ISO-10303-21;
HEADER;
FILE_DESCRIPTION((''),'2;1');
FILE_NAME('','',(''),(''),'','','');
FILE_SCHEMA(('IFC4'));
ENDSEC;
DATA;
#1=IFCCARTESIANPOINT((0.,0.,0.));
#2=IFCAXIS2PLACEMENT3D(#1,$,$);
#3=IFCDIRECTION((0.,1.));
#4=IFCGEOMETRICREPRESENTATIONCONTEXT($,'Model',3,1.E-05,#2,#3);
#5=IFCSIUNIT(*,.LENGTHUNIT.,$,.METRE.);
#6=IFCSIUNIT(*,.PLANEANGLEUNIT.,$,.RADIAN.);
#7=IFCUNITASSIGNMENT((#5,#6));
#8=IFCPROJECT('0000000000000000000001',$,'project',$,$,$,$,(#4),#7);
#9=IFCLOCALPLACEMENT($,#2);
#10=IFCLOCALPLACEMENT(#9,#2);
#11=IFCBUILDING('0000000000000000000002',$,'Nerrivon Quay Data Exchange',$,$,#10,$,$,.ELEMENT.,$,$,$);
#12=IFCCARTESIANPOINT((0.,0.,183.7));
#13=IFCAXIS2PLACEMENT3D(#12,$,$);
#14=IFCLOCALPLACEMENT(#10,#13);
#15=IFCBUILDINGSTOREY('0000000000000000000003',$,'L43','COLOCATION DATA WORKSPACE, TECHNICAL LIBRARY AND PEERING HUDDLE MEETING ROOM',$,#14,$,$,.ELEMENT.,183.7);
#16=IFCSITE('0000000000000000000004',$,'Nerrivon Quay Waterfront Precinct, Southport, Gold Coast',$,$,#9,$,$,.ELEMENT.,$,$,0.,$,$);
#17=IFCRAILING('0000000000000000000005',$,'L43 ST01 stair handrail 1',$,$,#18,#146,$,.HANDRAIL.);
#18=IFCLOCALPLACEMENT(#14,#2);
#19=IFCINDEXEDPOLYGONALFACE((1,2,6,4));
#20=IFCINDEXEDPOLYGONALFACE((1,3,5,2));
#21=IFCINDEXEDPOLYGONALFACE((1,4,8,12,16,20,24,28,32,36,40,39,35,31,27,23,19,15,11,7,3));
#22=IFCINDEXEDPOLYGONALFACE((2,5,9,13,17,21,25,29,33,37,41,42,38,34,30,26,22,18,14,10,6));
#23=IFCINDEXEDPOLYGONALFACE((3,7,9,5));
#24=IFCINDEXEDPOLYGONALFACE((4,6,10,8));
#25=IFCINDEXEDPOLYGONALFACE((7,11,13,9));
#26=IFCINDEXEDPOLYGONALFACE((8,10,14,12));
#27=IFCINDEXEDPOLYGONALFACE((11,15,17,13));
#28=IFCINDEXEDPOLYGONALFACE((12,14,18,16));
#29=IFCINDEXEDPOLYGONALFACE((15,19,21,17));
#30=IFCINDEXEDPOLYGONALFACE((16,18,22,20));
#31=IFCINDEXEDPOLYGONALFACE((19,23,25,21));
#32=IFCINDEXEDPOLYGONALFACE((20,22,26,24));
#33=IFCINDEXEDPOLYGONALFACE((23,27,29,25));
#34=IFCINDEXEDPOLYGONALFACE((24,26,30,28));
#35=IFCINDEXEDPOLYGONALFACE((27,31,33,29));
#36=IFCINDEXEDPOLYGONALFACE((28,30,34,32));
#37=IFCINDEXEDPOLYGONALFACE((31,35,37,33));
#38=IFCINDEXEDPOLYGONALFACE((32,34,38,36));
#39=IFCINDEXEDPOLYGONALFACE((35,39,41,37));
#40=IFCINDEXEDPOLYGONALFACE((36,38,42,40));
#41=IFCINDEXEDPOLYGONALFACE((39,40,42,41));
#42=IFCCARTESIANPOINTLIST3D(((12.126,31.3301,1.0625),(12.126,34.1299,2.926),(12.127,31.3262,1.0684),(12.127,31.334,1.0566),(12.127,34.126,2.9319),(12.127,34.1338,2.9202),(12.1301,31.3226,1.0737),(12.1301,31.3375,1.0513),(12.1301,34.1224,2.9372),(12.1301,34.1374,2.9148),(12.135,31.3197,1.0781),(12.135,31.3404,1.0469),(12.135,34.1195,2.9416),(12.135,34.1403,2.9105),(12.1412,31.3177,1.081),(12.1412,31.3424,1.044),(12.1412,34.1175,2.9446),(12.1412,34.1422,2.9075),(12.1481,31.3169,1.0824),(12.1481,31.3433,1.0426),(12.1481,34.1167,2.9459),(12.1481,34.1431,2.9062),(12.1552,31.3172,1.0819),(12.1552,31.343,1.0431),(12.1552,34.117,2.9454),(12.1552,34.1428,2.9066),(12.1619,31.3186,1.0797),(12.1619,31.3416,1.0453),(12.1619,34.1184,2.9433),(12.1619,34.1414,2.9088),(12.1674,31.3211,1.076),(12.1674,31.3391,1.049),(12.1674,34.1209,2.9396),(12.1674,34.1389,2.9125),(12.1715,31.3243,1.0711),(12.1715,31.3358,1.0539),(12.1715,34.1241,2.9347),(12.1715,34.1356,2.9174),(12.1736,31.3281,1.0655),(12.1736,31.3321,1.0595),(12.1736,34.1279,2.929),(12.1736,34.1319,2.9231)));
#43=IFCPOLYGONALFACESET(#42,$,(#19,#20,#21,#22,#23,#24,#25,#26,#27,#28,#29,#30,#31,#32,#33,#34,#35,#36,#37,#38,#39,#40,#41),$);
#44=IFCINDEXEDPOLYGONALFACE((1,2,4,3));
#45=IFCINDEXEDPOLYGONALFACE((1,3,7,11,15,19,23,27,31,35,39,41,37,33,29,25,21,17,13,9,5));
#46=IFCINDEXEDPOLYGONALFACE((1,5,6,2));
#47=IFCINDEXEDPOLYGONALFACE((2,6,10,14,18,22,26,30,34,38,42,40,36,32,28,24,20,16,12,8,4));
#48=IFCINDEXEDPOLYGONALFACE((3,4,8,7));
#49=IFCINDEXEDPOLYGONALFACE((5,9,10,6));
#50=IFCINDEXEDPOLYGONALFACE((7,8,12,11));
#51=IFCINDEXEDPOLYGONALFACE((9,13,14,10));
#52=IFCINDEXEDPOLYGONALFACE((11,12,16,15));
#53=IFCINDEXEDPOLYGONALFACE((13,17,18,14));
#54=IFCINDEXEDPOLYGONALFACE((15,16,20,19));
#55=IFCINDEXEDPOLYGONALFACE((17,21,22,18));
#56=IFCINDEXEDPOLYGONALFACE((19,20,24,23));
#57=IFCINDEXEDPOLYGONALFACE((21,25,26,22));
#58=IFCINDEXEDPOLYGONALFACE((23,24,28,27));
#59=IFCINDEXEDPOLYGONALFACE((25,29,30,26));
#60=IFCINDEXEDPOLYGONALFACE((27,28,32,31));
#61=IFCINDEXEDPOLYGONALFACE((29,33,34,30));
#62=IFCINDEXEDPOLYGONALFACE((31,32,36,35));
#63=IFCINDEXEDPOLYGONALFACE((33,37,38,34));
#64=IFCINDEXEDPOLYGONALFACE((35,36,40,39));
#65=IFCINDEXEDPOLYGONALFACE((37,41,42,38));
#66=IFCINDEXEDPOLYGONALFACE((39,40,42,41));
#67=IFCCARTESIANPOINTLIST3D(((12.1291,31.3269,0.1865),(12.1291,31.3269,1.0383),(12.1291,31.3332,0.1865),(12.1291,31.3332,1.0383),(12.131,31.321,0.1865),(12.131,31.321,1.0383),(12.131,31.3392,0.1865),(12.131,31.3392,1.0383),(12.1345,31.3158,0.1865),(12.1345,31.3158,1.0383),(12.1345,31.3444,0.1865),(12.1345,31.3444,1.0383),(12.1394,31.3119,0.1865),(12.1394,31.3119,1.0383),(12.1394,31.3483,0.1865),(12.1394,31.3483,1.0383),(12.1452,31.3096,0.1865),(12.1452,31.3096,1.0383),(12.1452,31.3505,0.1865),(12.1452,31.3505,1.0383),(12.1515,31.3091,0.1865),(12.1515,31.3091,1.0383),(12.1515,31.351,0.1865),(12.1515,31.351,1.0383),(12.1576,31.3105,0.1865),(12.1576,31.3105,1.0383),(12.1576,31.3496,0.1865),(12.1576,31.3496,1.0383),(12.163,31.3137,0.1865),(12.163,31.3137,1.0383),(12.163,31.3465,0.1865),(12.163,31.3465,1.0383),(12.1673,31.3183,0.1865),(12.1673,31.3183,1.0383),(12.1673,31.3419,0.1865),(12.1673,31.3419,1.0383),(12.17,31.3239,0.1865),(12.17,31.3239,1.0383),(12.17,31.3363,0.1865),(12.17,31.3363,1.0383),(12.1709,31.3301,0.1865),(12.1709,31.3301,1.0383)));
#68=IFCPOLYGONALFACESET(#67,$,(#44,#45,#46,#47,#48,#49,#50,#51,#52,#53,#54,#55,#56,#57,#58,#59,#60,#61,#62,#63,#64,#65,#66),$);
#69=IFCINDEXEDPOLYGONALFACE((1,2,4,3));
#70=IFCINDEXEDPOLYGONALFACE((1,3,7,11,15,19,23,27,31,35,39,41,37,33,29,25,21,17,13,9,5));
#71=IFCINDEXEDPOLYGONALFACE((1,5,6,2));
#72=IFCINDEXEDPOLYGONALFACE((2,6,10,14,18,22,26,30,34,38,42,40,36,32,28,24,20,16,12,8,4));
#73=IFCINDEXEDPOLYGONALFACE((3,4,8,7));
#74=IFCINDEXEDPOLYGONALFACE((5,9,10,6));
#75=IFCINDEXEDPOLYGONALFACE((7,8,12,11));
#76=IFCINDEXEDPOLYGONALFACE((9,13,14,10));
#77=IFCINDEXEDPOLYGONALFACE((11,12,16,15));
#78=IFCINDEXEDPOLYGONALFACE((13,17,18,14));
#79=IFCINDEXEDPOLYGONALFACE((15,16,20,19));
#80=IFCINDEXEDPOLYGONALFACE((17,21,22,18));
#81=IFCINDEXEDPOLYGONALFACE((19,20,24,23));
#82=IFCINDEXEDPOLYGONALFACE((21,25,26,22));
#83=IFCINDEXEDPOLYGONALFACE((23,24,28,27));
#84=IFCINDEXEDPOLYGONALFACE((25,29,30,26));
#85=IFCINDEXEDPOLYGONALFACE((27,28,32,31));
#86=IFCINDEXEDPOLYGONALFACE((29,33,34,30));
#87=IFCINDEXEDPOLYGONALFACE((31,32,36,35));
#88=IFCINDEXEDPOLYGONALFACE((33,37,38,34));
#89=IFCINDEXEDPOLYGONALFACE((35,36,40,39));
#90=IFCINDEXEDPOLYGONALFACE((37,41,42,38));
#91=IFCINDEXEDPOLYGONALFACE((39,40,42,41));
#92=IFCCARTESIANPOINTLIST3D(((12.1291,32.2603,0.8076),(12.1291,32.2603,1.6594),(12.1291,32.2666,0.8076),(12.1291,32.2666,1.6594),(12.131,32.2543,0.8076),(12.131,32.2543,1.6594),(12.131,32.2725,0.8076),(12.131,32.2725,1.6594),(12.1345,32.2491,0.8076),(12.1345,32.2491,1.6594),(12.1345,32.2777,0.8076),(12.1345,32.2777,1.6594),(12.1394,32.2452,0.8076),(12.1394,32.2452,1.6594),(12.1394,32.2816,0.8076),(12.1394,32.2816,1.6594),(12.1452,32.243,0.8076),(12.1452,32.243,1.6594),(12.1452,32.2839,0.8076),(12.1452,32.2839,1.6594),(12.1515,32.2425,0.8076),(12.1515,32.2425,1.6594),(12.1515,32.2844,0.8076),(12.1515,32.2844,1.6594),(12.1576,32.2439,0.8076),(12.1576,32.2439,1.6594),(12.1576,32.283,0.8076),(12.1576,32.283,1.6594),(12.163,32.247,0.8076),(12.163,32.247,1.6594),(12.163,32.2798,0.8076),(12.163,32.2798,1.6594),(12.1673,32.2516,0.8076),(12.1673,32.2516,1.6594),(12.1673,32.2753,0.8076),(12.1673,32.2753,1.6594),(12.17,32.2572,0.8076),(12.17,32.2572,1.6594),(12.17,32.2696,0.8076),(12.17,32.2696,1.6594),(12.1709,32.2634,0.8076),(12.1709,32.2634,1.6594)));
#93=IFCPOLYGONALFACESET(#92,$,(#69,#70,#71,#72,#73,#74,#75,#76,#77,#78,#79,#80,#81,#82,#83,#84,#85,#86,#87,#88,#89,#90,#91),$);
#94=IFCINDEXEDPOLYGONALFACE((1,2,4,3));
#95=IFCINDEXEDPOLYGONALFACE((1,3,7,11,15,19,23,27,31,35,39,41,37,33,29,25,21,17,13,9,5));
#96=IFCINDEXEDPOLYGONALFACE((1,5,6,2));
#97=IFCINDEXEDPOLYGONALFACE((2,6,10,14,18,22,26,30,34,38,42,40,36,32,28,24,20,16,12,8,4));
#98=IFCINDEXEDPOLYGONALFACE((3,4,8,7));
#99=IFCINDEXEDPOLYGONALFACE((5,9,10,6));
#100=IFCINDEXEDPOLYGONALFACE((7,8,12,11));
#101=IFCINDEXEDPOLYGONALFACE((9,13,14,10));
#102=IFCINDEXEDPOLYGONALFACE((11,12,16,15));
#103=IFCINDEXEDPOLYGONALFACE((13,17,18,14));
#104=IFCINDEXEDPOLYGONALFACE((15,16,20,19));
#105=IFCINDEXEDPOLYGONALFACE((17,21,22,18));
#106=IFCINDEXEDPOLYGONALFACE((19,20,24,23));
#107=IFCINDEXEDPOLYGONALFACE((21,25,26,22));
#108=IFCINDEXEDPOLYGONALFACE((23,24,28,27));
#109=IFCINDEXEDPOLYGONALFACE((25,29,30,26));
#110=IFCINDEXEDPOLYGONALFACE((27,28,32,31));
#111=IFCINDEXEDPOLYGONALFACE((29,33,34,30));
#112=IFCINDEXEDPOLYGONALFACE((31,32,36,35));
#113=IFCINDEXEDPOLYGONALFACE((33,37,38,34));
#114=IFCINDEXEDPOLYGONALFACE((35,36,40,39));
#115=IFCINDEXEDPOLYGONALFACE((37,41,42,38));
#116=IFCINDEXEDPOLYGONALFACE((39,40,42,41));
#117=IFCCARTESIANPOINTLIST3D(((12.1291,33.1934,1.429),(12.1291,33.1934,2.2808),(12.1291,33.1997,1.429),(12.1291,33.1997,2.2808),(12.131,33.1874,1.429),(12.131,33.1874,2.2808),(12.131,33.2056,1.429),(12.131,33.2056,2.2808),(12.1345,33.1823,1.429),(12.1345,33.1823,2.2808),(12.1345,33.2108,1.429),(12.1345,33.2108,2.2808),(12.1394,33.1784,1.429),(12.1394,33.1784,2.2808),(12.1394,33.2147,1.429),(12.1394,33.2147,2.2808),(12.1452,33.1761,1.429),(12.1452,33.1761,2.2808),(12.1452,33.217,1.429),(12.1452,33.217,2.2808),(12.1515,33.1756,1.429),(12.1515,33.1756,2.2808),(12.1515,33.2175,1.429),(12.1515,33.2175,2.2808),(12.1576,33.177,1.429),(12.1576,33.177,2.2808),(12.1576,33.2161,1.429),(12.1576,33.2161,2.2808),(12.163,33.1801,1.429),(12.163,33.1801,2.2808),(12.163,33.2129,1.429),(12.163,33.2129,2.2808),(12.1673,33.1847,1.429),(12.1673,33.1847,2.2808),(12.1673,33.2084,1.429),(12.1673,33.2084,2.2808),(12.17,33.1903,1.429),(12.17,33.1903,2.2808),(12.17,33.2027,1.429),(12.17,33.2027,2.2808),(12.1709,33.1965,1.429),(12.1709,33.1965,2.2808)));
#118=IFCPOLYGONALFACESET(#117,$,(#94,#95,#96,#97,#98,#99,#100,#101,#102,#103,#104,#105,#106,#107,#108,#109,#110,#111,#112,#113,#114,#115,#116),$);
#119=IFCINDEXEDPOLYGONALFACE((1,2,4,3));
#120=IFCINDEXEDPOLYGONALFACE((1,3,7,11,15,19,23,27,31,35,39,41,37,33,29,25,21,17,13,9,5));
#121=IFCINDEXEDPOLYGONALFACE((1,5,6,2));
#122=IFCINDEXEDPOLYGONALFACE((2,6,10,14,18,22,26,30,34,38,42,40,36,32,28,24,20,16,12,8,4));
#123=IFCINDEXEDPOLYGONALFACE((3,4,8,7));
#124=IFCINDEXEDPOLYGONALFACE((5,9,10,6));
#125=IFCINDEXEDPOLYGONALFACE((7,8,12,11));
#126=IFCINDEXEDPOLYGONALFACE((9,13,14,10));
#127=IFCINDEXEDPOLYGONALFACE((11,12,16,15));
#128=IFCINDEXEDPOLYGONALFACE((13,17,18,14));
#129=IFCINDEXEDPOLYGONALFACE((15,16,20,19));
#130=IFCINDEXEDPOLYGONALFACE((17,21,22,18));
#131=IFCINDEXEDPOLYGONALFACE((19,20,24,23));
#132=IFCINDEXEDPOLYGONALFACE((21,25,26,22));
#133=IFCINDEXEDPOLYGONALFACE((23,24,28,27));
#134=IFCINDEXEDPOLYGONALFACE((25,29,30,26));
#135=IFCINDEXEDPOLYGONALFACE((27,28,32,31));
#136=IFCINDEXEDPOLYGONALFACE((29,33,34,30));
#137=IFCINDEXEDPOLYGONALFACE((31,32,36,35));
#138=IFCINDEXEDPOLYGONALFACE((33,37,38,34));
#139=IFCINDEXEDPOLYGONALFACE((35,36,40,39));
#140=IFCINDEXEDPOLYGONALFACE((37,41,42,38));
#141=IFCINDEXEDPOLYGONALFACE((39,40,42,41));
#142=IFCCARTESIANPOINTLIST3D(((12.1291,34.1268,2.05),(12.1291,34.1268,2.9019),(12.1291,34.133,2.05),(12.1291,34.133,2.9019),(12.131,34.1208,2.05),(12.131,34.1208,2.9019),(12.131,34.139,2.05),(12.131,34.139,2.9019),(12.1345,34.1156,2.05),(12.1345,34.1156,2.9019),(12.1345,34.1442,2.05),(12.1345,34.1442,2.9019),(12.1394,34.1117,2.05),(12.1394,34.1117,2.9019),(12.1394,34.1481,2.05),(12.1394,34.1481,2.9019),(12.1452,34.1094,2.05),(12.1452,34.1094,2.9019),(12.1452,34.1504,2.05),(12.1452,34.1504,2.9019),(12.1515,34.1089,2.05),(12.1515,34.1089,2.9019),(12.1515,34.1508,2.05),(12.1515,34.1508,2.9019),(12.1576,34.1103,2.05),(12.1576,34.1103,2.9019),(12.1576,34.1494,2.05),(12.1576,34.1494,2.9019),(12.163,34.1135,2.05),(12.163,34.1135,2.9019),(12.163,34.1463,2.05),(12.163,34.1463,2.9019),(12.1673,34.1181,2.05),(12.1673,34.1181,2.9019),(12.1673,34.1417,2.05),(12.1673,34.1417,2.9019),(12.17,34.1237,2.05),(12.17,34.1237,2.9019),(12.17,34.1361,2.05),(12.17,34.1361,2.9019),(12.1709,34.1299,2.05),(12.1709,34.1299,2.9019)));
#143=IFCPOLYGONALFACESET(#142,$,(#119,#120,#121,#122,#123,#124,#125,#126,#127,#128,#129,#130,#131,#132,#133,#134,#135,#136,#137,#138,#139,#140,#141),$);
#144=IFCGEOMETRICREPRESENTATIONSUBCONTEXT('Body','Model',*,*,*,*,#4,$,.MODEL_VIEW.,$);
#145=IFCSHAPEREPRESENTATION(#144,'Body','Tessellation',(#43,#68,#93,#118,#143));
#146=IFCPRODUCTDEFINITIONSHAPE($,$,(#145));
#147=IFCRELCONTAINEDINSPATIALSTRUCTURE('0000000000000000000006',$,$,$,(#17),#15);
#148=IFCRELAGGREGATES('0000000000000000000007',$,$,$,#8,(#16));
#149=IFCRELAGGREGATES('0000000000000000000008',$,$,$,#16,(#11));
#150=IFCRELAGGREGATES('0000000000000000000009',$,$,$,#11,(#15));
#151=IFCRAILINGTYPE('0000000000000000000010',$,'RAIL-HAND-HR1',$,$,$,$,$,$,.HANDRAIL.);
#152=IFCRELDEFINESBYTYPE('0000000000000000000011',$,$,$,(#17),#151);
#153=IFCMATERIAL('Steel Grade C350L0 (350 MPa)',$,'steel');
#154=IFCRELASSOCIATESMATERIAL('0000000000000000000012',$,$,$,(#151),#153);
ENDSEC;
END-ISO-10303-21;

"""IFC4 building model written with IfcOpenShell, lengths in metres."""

from ifc_helpers import new_model, si_unit, direction, frame, origin, origin_2d, place, context, subcontext, project, spatial, circle, extrude, material, type_object, element, save


model = new_model("IFC4")

# Units and contexts
model_context = context("Model", 3, precision=1e-05, world=origin(), true_north=direction((0.0, 1.0)))
body_context = subcontext(model_context, "Body", "Model", "MODEL_VIEW")
ifc_project = project(units=[si_unit("LENGTHUNIT", "METRE"), si_unit("PLANEANGLEUNIT", "RADIAN")], contexts=[model_context])

# Site, building, storey
site_placement = place(None, origin())
site = spatial("IfcSite", under=ifc_project, at=site_placement, Name="Nerrivon Quay Waterfront Precinct, Southport, Gold Coast", CompositionType="ELEMENT", RefElevation=0.0)
building_placement = place(site_placement, origin())
building = spatial("IfcBuilding", under=site, at=building_placement, Name="Nerrivon Quay Data Exchange", CompositionType="ELEMENT")
storey_placement = place(building_placement, frame((0.0, 0.0, 183.7)))
storey = spatial("IfcBuildingStorey", under=building, at=storey_placement, Name="L43", Description="COLOCATION DATA WORKSPACE, TECHNICAL LIBRARY AND PEERING HUDDLE MEETING ROOM", CompositionType="ELEMENT", Elevation=183.7)

# Railing
ifc_material_1 = material(Name="Steel Grade C350L0 (350 MPa)", Category="steel")
railing_type_1 = type_object("IfcRailingType", Name="RAIL-HAND-HR1", PredefinedType="HANDRAIL", material=ifc_material_1)
railing_1_placement = place(storey_placement, frame((12.1499, 31.3301, 0.1865)))
element("IfcRailing", 1, at=railing_1_placement, inside=storey, type_object=railing_type_1, Name="L43 ST01 stair handrail 1", PredefinedType="HANDRAIL", context=body_context, shape_type="SweptSolid", body=[
    extrude(circle(Radius=0.0239, at=origin_2d()), frame((0.0, 0.0, 0.876), z_axis=(0.0, 0.832463, 0.55408), x_axis=(-1.0, 0.0, 0.0)), (0.0, 0.0, 1.0), 3.3633),
    extrude(circle(Radius=0.021, at=origin_2d()), origin(), (0.0, 0.0, 1.0), 0.8518),
    extrude(circle(Radius=0.021, at=origin_2d()), frame((0.0, 0.9333, 0.6211)), (0.0, 0.0, 1.0), 0.8518),
    extrude(circle(Radius=0.021, at=origin_2d()), frame((0.0, 1.8665, 1.2424)), (0.0, 0.0, 1.0), 0.8518),
    extrude(circle(Radius=0.021, at=origin_2d()), frame((0.0, 2.7998, 1.8635)), (0.0, 0.0, 1.0), 0.8518),
])

save(model, "model.ifc")
